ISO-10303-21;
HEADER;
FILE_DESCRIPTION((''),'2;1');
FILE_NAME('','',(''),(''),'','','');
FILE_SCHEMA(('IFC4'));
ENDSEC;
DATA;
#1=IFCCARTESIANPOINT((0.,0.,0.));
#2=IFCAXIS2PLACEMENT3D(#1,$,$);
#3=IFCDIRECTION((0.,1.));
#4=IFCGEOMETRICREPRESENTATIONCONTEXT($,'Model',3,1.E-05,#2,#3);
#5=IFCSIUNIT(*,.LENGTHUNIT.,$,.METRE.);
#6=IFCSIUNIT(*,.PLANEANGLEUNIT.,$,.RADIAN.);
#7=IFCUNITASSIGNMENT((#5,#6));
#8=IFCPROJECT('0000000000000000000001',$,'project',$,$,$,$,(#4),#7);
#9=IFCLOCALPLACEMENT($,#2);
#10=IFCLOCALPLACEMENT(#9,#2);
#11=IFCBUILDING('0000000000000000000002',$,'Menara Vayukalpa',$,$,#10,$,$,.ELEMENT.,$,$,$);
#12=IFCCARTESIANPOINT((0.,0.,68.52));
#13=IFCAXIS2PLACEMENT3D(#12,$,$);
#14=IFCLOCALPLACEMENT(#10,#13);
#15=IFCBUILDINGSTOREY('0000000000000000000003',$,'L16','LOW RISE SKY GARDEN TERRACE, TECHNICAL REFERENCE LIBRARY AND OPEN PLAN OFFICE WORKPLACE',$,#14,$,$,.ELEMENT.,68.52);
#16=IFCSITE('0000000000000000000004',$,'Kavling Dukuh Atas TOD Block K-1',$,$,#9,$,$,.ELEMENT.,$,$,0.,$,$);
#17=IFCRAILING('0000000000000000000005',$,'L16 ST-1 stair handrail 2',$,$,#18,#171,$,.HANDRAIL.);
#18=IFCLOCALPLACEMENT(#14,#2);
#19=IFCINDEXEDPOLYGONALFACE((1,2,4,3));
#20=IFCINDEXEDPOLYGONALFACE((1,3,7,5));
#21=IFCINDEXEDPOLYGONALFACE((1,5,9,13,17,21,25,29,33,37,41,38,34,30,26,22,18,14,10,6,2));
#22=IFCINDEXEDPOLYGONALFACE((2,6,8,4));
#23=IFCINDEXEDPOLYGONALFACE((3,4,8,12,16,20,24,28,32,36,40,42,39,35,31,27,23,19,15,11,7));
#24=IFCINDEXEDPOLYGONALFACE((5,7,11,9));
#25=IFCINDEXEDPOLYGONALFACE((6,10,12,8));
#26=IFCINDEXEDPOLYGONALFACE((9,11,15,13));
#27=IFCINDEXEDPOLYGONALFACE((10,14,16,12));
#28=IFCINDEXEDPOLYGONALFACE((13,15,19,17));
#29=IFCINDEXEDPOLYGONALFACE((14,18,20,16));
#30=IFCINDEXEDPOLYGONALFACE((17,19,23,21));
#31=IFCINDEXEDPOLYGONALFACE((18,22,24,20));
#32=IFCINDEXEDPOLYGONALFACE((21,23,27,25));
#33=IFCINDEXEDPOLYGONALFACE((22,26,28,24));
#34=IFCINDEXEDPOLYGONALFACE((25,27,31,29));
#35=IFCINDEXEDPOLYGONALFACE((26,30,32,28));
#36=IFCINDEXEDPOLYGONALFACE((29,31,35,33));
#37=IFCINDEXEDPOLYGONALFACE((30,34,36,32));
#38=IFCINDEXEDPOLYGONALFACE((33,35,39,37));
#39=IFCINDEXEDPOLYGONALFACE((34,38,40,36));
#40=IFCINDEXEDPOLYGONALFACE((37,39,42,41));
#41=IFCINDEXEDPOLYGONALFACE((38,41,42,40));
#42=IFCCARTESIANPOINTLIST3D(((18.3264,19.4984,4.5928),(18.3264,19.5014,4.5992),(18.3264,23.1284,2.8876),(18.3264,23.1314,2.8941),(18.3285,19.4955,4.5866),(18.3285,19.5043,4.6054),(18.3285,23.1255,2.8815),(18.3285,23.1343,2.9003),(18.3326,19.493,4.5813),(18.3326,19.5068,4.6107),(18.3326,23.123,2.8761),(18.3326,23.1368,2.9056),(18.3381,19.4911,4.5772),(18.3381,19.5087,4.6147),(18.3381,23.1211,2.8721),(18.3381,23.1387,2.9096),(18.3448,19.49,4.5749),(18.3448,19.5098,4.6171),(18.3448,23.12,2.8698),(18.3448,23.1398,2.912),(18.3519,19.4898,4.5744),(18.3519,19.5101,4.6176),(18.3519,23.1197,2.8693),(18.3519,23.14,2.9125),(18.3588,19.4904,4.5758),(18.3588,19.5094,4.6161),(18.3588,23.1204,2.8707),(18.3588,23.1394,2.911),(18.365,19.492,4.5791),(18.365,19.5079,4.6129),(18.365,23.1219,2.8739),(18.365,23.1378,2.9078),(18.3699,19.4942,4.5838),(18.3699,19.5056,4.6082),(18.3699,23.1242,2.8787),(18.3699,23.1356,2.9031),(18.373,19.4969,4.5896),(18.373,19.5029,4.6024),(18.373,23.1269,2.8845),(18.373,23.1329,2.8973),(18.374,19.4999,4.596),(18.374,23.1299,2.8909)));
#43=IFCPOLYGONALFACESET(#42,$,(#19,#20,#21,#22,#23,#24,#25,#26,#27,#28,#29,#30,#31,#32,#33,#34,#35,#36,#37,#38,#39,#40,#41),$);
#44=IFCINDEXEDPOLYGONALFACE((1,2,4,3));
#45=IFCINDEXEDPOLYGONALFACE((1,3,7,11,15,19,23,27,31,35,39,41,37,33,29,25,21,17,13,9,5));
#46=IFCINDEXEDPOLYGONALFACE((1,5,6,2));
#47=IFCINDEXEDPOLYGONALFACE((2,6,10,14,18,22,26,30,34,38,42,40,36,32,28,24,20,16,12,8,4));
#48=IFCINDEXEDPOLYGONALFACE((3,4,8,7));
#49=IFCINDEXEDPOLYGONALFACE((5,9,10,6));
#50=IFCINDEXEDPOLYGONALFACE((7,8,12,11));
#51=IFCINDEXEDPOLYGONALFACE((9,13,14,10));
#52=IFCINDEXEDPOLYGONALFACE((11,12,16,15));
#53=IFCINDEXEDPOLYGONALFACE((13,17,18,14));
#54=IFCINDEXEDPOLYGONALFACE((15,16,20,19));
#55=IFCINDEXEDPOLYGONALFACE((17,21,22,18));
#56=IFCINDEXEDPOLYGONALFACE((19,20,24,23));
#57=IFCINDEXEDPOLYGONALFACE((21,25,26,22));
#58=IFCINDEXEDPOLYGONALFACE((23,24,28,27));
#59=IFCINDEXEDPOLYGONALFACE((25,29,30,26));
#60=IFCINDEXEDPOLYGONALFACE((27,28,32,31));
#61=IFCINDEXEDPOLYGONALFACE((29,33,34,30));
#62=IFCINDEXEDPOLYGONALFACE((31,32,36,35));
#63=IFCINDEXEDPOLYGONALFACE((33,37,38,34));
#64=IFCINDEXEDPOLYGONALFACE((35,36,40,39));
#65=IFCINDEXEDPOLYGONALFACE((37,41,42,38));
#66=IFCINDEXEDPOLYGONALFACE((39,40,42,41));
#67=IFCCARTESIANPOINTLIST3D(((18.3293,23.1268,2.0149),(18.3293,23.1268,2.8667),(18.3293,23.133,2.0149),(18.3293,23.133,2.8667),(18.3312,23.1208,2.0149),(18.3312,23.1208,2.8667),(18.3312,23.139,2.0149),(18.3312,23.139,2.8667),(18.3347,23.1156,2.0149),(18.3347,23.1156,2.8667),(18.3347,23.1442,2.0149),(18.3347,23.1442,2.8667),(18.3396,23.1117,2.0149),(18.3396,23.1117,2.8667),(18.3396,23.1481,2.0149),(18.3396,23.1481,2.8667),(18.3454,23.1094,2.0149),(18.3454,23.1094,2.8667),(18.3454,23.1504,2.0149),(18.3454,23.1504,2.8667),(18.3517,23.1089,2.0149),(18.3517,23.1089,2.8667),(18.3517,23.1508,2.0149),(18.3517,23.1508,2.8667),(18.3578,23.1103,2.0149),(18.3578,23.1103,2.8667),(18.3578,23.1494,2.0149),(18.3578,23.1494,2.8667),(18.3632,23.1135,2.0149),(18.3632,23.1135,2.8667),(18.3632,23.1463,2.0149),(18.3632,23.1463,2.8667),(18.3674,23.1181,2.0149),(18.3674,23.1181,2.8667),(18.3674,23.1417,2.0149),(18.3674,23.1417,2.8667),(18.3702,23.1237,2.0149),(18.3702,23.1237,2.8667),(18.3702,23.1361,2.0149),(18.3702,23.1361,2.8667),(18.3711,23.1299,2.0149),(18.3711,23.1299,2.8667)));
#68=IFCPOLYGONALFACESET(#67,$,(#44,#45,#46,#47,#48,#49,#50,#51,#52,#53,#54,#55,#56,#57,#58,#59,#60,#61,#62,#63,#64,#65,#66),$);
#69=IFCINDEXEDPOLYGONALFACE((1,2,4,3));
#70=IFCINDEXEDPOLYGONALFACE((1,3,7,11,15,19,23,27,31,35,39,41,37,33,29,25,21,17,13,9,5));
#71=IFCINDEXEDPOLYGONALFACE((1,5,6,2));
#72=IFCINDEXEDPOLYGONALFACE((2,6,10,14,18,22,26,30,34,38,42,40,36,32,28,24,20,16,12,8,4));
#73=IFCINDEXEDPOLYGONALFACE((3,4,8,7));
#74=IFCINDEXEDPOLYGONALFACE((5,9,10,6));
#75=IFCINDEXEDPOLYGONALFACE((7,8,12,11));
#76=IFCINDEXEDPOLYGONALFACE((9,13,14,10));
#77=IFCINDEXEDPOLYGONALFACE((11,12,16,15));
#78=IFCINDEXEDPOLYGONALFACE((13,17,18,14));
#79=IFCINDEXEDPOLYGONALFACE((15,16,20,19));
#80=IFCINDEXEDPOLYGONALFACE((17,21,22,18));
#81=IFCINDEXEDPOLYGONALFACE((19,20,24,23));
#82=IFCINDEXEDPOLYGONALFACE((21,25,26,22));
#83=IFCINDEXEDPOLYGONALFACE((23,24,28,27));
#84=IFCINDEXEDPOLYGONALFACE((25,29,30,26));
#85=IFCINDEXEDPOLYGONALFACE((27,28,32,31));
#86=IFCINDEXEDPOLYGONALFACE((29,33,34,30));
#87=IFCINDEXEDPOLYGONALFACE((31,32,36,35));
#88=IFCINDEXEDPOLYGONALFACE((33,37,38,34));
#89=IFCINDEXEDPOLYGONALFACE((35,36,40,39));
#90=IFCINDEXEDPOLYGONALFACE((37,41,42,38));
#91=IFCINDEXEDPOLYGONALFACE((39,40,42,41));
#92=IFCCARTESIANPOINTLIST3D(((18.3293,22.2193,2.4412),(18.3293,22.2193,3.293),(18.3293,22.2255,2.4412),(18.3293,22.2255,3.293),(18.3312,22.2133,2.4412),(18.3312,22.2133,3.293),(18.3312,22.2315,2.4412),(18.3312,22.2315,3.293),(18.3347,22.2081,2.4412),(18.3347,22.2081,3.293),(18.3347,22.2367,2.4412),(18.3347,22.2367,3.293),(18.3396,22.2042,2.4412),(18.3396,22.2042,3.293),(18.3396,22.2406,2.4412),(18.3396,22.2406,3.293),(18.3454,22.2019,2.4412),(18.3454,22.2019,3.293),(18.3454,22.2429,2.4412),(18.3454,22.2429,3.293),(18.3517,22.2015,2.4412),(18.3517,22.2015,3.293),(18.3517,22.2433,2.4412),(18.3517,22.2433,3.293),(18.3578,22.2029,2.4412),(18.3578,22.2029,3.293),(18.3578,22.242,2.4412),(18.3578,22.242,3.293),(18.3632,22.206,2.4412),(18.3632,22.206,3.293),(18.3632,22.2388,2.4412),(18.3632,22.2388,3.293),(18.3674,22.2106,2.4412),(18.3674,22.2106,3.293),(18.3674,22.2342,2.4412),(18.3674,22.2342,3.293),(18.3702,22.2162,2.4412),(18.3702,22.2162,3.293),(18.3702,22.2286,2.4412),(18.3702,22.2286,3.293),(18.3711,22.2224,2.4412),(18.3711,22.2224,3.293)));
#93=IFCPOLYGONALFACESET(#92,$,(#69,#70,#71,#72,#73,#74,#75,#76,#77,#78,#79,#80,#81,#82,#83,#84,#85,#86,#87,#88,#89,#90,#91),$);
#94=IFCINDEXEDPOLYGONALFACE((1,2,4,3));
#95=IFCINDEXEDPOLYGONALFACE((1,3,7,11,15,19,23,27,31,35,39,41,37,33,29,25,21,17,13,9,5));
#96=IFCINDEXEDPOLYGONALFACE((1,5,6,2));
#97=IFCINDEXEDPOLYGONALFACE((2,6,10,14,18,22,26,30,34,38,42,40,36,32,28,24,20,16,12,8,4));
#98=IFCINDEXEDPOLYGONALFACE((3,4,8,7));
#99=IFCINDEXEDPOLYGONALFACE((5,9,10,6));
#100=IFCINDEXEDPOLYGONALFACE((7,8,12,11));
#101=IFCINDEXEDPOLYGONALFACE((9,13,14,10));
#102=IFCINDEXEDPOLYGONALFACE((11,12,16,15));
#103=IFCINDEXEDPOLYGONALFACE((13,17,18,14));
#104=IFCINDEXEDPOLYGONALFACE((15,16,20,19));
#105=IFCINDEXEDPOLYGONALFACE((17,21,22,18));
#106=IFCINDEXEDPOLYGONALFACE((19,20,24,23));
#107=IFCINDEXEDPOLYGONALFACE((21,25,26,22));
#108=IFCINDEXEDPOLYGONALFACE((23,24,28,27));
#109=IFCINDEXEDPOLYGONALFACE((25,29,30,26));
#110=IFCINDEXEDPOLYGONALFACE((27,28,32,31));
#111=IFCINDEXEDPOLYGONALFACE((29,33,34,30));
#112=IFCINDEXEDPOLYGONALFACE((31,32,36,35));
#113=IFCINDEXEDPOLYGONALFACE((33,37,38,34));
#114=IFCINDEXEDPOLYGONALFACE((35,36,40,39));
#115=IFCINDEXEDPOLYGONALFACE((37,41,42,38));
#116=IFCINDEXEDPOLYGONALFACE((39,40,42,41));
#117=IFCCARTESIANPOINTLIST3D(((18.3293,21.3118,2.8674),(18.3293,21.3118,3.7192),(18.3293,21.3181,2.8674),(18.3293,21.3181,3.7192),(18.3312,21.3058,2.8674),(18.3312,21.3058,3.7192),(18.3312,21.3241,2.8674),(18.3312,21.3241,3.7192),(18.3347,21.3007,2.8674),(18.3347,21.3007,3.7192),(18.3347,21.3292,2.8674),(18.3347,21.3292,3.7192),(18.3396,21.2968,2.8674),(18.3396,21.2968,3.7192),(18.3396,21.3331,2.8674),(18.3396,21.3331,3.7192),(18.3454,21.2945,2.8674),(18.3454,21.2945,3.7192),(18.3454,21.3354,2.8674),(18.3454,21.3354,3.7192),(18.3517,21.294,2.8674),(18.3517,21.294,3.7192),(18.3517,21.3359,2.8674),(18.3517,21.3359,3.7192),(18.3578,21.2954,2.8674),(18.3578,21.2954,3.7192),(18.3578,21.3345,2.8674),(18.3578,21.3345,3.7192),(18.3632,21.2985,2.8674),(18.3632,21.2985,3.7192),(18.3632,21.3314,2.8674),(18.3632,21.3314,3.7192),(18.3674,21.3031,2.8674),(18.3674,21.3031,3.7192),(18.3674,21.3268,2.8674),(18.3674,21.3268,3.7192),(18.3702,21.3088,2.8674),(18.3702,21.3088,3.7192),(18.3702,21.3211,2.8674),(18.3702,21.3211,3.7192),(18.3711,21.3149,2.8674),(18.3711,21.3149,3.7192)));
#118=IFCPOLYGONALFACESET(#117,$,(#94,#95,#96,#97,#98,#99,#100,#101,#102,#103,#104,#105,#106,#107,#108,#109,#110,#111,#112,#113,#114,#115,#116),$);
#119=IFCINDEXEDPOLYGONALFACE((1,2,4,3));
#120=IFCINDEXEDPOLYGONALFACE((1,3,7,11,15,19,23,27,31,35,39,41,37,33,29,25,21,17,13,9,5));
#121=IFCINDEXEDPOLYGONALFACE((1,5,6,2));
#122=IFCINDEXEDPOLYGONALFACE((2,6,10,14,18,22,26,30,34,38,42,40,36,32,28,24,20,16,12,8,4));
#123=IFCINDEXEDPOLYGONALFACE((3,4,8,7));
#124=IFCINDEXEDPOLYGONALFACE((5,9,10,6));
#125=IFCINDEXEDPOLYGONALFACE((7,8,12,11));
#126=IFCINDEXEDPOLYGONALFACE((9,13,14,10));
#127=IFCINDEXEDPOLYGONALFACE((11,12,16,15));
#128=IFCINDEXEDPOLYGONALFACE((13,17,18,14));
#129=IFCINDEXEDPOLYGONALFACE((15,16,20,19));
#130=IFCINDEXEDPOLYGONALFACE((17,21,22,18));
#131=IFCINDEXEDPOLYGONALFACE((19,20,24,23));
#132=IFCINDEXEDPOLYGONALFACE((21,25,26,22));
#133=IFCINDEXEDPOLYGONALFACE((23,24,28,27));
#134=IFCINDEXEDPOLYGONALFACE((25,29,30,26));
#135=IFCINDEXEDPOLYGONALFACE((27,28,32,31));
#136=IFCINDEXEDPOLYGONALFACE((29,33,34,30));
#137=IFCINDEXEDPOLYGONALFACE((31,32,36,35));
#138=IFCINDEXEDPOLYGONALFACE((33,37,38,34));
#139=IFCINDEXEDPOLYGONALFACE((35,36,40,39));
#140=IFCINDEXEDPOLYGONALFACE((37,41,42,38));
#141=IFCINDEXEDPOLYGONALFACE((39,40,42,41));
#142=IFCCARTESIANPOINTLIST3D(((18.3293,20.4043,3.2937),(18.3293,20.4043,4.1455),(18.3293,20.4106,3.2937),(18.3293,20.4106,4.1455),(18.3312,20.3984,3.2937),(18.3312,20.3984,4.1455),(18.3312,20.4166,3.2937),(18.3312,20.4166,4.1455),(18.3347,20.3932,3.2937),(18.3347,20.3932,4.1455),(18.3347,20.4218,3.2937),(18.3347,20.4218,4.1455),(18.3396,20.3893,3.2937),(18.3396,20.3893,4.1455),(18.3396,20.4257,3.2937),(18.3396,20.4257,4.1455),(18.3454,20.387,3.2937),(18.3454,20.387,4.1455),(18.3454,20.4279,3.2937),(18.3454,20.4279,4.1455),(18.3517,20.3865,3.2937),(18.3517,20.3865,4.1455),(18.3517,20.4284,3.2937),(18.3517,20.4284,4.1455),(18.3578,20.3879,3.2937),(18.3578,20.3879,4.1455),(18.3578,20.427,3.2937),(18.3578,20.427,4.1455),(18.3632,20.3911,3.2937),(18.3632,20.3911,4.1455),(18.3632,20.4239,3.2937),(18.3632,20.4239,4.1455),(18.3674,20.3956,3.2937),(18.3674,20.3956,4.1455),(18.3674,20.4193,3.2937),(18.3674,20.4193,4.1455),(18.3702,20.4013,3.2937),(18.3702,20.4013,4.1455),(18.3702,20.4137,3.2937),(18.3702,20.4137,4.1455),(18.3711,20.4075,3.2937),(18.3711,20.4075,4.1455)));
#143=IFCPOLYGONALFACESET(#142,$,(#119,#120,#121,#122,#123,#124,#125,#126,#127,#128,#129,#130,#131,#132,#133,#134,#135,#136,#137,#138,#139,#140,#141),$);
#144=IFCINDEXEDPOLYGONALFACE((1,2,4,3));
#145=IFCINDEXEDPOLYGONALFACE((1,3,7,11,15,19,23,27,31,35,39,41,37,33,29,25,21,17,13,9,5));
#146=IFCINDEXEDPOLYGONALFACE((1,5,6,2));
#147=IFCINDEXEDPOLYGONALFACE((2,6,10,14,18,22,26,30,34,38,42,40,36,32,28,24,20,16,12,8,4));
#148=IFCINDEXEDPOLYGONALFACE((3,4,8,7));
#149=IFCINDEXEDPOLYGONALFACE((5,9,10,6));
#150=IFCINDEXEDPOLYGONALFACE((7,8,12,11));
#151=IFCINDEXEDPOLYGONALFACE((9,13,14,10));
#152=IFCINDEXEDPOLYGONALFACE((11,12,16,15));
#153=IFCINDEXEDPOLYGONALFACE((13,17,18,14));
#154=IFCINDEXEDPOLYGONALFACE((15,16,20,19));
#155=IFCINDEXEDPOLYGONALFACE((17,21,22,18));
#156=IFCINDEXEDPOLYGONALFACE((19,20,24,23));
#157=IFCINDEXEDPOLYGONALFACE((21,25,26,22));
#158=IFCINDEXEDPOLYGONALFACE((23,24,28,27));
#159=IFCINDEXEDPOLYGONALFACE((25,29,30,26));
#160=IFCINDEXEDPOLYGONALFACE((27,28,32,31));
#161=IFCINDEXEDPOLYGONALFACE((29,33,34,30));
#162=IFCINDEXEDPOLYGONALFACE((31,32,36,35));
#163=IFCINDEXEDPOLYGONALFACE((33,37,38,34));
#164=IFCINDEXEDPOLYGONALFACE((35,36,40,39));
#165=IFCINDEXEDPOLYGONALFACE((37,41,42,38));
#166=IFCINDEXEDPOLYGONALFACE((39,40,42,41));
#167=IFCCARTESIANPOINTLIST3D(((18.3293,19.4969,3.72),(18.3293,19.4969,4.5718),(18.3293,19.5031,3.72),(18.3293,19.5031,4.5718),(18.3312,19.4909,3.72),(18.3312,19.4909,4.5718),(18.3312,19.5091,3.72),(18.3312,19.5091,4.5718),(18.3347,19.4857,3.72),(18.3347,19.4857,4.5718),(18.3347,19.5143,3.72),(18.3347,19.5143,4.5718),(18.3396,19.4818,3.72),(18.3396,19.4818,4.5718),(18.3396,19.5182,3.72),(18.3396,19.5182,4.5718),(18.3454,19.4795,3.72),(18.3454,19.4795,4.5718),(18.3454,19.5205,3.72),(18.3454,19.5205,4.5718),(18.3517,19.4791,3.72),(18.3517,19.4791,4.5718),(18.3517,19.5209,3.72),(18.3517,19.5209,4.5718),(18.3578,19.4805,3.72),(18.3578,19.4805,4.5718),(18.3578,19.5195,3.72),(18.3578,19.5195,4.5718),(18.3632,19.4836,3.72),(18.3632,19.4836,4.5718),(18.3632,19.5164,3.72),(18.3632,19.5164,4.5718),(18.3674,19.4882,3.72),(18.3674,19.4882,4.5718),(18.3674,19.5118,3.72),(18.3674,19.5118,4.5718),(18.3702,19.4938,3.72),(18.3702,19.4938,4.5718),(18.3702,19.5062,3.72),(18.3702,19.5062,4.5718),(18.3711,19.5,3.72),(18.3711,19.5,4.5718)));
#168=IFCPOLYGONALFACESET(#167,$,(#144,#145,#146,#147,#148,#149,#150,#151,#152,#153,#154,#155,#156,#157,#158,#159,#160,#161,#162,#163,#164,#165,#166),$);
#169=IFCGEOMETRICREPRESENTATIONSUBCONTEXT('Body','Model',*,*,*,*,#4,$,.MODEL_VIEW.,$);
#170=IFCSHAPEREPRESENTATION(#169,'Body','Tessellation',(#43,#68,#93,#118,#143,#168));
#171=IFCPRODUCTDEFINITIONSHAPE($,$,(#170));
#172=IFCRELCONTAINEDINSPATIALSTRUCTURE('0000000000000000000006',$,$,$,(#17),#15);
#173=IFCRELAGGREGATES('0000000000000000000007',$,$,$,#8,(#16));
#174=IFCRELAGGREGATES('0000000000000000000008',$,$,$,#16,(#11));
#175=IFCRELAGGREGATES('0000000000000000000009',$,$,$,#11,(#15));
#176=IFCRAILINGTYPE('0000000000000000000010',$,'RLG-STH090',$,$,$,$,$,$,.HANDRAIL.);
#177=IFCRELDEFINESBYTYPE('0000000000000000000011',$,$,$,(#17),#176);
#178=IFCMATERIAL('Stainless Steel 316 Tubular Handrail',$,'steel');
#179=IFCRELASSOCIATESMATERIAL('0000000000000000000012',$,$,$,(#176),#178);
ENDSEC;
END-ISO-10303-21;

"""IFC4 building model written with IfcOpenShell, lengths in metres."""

from ifc_helpers import new_model, si_unit, direction, frame, origin, origin_2d, place, context, subcontext, project, spatial, circle, extrude, material, type_object, element, save


model = new_model("IFC4")

# Units and contexts
model_context = context("Model", 3, precision=1e-05, world=origin(), true_north=direction((0.0, 1.0)))
body_context = subcontext(model_context, "Body", "Model", "MODEL_VIEW")
ifc_project = project(units=[si_unit("LENGTHUNIT", "METRE"), si_unit("PLANEANGLEUNIT", "RADIAN")], contexts=[model_context])

# Site, building, storey
site_placement = place(None, origin())
site = spatial("IfcSite", under=ifc_project, at=site_placement, Name="Kavling Dukuh Atas TOD Block K-1", CompositionType="ELEMENT", RefElevation=0.0)
building_placement = place(site_placement, origin())
building = spatial("IfcBuilding", under=site, at=building_placement, Name="Menara Vayukalpa", CompositionType="ELEMENT")
storey_placement = place(building_placement, frame((0.0, 0.0, 68.52)))
storey = spatial("IfcBuildingStorey", under=building, at=storey_placement, Name="L16", Description="LOW RISE SKY GARDEN TERRACE, TECHNICAL REFERENCE LIBRARY AND OPEN PLAN OFFICE WORKPLACE", CompositionType="ELEMENT", Elevation=68.52)

# Railing
ifc_material_1 = material(Name="Stainless Steel 316 Tubular Handrail", Category="steel")
railing_type_1 = type_object("IfcRailingType", Name="RLG-STH090", PredefinedType="HANDRAIL", material=ifc_material_1)
railing_1_placement = place(storey_placement, frame((18.3501, 23.1299, 2.0149)))
element("IfcRailing", 1, at=railing_1_placement, inside=storey, type_object=railing_type_1, Name="L16 ST-1 stair handrail 2", PredefinedType="HANDRAIL", context=body_context, shape_type="SweptSolid", body=[
    extrude(circle(Radius=0.0239, at=origin_2d()), frame((0.0, 0.0, 0.876), z_axis=(0.0, -0.905116, 0.425164), x_axis=(1.0, 0.0, 0.0)), (0.0, 0.0, 1.0), 4.0105),
    extrude(circle(Radius=0.021, at=origin_2d()), origin(), (0.0, 0.0, 1.0), 0.8518),
    extrude(circle(Radius=0.021, at=origin_2d()), frame((0.0, -0.9075, 0.4263)), (0.0, 0.0, 1.0), 0.8518),
    extrude(circle(Radius=0.021, at=origin_2d()), frame((0.0, -1.8149, 0.8525)), (0.0, 0.0, 1.0), 0.8518),
    extrude(circle(Radius=0.021, at=origin_2d()), frame((0.0, -2.7224, 1.2788)), (0.0, 0.0, 1.0), 0.8518),
    extrude(circle(Radius=0.021, at=origin_2d()), frame((0.0, -3.6299, 1.7051)), (0.0, 0.0, 1.0), 0.8518),
])

save(model, "model.ifc")
